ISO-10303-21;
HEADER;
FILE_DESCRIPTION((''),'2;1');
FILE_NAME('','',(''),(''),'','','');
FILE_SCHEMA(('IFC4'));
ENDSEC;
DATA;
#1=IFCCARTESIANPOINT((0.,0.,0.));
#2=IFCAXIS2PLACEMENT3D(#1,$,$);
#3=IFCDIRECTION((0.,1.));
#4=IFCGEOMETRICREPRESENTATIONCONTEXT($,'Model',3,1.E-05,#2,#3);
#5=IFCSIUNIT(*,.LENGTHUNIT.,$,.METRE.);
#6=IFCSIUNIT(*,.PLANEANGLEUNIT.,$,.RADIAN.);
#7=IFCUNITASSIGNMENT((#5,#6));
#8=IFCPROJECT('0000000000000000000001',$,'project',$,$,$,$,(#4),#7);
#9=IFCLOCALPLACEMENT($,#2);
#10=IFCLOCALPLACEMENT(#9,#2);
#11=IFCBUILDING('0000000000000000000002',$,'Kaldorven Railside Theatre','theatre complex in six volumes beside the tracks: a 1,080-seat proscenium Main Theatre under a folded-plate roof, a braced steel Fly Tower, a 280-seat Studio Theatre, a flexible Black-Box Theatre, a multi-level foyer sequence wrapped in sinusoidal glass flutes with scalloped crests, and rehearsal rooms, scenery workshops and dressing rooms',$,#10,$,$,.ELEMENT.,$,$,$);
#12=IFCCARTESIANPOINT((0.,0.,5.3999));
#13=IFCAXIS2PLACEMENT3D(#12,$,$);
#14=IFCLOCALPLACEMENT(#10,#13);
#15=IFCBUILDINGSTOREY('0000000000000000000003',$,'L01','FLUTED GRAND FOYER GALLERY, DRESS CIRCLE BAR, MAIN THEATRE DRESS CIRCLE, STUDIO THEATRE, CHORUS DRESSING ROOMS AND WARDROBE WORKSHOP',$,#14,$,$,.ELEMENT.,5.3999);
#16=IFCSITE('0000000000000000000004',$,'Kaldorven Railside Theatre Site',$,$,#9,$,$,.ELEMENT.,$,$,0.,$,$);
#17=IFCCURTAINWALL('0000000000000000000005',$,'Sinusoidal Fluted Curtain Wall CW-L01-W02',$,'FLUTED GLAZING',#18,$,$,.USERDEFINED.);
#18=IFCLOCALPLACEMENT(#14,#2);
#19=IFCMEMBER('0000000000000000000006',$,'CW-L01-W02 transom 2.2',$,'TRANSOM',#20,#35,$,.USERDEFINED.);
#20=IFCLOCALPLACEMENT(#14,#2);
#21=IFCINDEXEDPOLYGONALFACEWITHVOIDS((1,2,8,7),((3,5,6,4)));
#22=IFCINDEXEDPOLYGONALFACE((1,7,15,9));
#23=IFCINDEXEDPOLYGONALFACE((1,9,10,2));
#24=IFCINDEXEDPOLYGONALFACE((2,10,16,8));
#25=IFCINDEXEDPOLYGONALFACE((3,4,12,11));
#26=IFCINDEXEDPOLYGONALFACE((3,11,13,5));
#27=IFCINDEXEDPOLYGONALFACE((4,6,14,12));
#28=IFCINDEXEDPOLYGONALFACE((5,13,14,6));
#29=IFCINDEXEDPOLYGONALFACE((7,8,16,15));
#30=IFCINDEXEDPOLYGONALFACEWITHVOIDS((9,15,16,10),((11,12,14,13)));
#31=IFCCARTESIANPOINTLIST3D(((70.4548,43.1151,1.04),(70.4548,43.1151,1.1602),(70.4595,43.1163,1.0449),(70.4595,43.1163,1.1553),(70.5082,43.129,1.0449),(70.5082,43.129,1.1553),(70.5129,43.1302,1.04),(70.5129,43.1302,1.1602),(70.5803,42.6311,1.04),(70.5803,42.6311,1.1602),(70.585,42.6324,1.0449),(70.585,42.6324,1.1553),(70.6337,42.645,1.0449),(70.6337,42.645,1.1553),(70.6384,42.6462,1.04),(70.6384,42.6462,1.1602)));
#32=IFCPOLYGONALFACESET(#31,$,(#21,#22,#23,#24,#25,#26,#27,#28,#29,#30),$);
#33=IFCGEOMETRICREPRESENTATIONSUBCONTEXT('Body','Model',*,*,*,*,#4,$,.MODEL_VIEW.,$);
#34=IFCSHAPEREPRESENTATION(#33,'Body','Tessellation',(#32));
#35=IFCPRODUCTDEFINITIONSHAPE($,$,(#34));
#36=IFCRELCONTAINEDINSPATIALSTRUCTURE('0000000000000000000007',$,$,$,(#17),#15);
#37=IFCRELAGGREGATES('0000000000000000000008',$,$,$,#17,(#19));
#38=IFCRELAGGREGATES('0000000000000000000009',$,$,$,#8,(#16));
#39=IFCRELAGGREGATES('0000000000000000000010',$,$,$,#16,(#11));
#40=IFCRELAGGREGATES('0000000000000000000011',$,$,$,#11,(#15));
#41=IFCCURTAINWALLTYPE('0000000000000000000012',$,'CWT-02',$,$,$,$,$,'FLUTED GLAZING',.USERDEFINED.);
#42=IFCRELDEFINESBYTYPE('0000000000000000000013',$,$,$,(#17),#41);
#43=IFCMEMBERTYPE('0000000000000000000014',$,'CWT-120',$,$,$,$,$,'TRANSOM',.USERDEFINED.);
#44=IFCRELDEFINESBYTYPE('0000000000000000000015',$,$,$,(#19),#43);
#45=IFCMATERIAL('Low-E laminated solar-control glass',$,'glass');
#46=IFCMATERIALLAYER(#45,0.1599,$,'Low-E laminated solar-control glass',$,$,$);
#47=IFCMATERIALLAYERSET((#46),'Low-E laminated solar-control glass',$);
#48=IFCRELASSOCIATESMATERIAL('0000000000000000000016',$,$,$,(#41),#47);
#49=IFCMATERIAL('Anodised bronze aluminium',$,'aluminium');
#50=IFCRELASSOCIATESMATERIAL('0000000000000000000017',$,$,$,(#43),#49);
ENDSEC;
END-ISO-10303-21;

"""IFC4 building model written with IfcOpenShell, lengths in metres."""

from ifc_helpers import new_model, si_unit, direction, frame, origin, origin_2d, place, context, subcontext, project, spatial, hollow_rectangle, extrude, material, layer, layer_set, material_profile, profile_set, type_object, element, aggregate, save


model = new_model("IFC4")

# Units and contexts
model_context = context("Model", 3, precision=1e-05, world=origin(), true_north=direction((0.0, 1.0)))
body_context = subcontext(model_context, "Body", "Model", "MODEL_VIEW")
ifc_project = project(units=[si_unit("LENGTHUNIT", "METRE"), si_unit("PLANEANGLEUNIT", "RADIAN")], contexts=[model_context])

# Site, building, storey
site_placement = place(None, origin())
site = spatial("IfcSite", under=ifc_project, at=site_placement, Name="Kaldorven Railside Theatre Site", CompositionType="ELEMENT", RefElevation=0.0)
building_placement = place(site_placement, origin())
building = spatial("IfcBuilding", under=site, at=building_placement, Name="Kaldorven Railside Theatre", Description="theatre complex in six volumes beside the tracks: a 1,080-seat proscenium Main Theatre under a folded-plate roof, a braced steel Fly Tower, a 280-seat Studio Theatre, a flexible Black-Box Theatre, a multi-level foyer sequence wrapped in sinusoidal glass flutes with scalloped crests, and rehearsal rooms, scenery workshops and dressing rooms", CompositionType="ELEMENT")
storey_placement = place(building_placement, frame((0.0, 0.0, 5.3999)))
storey = spatial("IfcBuildingStorey", under=building, at=storey_placement, Name="L01", Description="FLUTED GRAND FOYER GALLERY, DRESS CIRCLE BAR, MAIN THEATRE DRESS CIRCLE, STUDIO THEATRE, CHORUS DRESSING ROOMS AND WARDROBE WORKSHOP", CompositionType="ELEMENT", Elevation=5.3999)

# Curtain wall, member
ifc_material_1 = material(Name="Low-E laminated solar-control glass", Category="glass")
ifc_layer = layer(ifc_material_1, 0.1599, Name="Low-E laminated solar-control glass")
ifc_layer_set = layer_set([ifc_layer], Name="Low-E laminated solar-control glass")
curtain_wall_type = type_object("IfcCurtainWallType", Name="CWT-02", ElementType="FLUTED GLAZING", PredefinedType="USERDEFINED", material=ifc_layer_set)
curtain_wall_placement = place(storey_placement, origin())
curtain_wall = element("IfcCurtainWall", 1, at=curtain_wall_placement, inside=storey, type_object=curtain_wall_type, Name="Sinusoidal Fluted Curtain Wall CW-L01-W02", ObjectType="FLUTED GLAZING", PredefinedType="USERDEFINED")
ifc_material_2 = material(Name="Anodised bronze aluminium", Category="aluminium")
ifc_material_profile_1 = material_profile(ifc_material_2, hollow_rectangle(XDim=0.0601, YDim=0.1201, WallThickness=0.0049, at=origin_2d()), Name="RHS 120x60x5")
ifc_profile_set_1 = profile_set([ifc_material_profile_1], Name="Anodised bronze aluminium")
member_type_1 = type_object("IfcMemberType", Name="CWT-120", ElementType="TRANSOM", PredefinedType="USERDEFINED", material=ifc_profile_set_1)
member_1_placement = place(storey_placement, frame((70.6094, 42.6387, 1.1001), z_axis=(-0.25103, 0.967979, 0.0), x_axis=(-0.967979, -0.25103, 0.0)))
member_1 = element("IfcMember", 2, at=member_1_placement, type_object=member_type_1, Name="CW-L01-W02 transom 2.2", ObjectType="TRANSOM", PredefinedType="USERDEFINED", context=body_context, shape_type="SweptSolid", body=[
    extrude(hollow_rectangle(XDim=0.0601, YDim=0.1201, WallThickness=0.0049, at=origin_2d()), origin(), (0.0, 0.0, 1.0), 0.5),
])
aggregate(curtain_wall, [member_1])

save(model, "model.ifc")
